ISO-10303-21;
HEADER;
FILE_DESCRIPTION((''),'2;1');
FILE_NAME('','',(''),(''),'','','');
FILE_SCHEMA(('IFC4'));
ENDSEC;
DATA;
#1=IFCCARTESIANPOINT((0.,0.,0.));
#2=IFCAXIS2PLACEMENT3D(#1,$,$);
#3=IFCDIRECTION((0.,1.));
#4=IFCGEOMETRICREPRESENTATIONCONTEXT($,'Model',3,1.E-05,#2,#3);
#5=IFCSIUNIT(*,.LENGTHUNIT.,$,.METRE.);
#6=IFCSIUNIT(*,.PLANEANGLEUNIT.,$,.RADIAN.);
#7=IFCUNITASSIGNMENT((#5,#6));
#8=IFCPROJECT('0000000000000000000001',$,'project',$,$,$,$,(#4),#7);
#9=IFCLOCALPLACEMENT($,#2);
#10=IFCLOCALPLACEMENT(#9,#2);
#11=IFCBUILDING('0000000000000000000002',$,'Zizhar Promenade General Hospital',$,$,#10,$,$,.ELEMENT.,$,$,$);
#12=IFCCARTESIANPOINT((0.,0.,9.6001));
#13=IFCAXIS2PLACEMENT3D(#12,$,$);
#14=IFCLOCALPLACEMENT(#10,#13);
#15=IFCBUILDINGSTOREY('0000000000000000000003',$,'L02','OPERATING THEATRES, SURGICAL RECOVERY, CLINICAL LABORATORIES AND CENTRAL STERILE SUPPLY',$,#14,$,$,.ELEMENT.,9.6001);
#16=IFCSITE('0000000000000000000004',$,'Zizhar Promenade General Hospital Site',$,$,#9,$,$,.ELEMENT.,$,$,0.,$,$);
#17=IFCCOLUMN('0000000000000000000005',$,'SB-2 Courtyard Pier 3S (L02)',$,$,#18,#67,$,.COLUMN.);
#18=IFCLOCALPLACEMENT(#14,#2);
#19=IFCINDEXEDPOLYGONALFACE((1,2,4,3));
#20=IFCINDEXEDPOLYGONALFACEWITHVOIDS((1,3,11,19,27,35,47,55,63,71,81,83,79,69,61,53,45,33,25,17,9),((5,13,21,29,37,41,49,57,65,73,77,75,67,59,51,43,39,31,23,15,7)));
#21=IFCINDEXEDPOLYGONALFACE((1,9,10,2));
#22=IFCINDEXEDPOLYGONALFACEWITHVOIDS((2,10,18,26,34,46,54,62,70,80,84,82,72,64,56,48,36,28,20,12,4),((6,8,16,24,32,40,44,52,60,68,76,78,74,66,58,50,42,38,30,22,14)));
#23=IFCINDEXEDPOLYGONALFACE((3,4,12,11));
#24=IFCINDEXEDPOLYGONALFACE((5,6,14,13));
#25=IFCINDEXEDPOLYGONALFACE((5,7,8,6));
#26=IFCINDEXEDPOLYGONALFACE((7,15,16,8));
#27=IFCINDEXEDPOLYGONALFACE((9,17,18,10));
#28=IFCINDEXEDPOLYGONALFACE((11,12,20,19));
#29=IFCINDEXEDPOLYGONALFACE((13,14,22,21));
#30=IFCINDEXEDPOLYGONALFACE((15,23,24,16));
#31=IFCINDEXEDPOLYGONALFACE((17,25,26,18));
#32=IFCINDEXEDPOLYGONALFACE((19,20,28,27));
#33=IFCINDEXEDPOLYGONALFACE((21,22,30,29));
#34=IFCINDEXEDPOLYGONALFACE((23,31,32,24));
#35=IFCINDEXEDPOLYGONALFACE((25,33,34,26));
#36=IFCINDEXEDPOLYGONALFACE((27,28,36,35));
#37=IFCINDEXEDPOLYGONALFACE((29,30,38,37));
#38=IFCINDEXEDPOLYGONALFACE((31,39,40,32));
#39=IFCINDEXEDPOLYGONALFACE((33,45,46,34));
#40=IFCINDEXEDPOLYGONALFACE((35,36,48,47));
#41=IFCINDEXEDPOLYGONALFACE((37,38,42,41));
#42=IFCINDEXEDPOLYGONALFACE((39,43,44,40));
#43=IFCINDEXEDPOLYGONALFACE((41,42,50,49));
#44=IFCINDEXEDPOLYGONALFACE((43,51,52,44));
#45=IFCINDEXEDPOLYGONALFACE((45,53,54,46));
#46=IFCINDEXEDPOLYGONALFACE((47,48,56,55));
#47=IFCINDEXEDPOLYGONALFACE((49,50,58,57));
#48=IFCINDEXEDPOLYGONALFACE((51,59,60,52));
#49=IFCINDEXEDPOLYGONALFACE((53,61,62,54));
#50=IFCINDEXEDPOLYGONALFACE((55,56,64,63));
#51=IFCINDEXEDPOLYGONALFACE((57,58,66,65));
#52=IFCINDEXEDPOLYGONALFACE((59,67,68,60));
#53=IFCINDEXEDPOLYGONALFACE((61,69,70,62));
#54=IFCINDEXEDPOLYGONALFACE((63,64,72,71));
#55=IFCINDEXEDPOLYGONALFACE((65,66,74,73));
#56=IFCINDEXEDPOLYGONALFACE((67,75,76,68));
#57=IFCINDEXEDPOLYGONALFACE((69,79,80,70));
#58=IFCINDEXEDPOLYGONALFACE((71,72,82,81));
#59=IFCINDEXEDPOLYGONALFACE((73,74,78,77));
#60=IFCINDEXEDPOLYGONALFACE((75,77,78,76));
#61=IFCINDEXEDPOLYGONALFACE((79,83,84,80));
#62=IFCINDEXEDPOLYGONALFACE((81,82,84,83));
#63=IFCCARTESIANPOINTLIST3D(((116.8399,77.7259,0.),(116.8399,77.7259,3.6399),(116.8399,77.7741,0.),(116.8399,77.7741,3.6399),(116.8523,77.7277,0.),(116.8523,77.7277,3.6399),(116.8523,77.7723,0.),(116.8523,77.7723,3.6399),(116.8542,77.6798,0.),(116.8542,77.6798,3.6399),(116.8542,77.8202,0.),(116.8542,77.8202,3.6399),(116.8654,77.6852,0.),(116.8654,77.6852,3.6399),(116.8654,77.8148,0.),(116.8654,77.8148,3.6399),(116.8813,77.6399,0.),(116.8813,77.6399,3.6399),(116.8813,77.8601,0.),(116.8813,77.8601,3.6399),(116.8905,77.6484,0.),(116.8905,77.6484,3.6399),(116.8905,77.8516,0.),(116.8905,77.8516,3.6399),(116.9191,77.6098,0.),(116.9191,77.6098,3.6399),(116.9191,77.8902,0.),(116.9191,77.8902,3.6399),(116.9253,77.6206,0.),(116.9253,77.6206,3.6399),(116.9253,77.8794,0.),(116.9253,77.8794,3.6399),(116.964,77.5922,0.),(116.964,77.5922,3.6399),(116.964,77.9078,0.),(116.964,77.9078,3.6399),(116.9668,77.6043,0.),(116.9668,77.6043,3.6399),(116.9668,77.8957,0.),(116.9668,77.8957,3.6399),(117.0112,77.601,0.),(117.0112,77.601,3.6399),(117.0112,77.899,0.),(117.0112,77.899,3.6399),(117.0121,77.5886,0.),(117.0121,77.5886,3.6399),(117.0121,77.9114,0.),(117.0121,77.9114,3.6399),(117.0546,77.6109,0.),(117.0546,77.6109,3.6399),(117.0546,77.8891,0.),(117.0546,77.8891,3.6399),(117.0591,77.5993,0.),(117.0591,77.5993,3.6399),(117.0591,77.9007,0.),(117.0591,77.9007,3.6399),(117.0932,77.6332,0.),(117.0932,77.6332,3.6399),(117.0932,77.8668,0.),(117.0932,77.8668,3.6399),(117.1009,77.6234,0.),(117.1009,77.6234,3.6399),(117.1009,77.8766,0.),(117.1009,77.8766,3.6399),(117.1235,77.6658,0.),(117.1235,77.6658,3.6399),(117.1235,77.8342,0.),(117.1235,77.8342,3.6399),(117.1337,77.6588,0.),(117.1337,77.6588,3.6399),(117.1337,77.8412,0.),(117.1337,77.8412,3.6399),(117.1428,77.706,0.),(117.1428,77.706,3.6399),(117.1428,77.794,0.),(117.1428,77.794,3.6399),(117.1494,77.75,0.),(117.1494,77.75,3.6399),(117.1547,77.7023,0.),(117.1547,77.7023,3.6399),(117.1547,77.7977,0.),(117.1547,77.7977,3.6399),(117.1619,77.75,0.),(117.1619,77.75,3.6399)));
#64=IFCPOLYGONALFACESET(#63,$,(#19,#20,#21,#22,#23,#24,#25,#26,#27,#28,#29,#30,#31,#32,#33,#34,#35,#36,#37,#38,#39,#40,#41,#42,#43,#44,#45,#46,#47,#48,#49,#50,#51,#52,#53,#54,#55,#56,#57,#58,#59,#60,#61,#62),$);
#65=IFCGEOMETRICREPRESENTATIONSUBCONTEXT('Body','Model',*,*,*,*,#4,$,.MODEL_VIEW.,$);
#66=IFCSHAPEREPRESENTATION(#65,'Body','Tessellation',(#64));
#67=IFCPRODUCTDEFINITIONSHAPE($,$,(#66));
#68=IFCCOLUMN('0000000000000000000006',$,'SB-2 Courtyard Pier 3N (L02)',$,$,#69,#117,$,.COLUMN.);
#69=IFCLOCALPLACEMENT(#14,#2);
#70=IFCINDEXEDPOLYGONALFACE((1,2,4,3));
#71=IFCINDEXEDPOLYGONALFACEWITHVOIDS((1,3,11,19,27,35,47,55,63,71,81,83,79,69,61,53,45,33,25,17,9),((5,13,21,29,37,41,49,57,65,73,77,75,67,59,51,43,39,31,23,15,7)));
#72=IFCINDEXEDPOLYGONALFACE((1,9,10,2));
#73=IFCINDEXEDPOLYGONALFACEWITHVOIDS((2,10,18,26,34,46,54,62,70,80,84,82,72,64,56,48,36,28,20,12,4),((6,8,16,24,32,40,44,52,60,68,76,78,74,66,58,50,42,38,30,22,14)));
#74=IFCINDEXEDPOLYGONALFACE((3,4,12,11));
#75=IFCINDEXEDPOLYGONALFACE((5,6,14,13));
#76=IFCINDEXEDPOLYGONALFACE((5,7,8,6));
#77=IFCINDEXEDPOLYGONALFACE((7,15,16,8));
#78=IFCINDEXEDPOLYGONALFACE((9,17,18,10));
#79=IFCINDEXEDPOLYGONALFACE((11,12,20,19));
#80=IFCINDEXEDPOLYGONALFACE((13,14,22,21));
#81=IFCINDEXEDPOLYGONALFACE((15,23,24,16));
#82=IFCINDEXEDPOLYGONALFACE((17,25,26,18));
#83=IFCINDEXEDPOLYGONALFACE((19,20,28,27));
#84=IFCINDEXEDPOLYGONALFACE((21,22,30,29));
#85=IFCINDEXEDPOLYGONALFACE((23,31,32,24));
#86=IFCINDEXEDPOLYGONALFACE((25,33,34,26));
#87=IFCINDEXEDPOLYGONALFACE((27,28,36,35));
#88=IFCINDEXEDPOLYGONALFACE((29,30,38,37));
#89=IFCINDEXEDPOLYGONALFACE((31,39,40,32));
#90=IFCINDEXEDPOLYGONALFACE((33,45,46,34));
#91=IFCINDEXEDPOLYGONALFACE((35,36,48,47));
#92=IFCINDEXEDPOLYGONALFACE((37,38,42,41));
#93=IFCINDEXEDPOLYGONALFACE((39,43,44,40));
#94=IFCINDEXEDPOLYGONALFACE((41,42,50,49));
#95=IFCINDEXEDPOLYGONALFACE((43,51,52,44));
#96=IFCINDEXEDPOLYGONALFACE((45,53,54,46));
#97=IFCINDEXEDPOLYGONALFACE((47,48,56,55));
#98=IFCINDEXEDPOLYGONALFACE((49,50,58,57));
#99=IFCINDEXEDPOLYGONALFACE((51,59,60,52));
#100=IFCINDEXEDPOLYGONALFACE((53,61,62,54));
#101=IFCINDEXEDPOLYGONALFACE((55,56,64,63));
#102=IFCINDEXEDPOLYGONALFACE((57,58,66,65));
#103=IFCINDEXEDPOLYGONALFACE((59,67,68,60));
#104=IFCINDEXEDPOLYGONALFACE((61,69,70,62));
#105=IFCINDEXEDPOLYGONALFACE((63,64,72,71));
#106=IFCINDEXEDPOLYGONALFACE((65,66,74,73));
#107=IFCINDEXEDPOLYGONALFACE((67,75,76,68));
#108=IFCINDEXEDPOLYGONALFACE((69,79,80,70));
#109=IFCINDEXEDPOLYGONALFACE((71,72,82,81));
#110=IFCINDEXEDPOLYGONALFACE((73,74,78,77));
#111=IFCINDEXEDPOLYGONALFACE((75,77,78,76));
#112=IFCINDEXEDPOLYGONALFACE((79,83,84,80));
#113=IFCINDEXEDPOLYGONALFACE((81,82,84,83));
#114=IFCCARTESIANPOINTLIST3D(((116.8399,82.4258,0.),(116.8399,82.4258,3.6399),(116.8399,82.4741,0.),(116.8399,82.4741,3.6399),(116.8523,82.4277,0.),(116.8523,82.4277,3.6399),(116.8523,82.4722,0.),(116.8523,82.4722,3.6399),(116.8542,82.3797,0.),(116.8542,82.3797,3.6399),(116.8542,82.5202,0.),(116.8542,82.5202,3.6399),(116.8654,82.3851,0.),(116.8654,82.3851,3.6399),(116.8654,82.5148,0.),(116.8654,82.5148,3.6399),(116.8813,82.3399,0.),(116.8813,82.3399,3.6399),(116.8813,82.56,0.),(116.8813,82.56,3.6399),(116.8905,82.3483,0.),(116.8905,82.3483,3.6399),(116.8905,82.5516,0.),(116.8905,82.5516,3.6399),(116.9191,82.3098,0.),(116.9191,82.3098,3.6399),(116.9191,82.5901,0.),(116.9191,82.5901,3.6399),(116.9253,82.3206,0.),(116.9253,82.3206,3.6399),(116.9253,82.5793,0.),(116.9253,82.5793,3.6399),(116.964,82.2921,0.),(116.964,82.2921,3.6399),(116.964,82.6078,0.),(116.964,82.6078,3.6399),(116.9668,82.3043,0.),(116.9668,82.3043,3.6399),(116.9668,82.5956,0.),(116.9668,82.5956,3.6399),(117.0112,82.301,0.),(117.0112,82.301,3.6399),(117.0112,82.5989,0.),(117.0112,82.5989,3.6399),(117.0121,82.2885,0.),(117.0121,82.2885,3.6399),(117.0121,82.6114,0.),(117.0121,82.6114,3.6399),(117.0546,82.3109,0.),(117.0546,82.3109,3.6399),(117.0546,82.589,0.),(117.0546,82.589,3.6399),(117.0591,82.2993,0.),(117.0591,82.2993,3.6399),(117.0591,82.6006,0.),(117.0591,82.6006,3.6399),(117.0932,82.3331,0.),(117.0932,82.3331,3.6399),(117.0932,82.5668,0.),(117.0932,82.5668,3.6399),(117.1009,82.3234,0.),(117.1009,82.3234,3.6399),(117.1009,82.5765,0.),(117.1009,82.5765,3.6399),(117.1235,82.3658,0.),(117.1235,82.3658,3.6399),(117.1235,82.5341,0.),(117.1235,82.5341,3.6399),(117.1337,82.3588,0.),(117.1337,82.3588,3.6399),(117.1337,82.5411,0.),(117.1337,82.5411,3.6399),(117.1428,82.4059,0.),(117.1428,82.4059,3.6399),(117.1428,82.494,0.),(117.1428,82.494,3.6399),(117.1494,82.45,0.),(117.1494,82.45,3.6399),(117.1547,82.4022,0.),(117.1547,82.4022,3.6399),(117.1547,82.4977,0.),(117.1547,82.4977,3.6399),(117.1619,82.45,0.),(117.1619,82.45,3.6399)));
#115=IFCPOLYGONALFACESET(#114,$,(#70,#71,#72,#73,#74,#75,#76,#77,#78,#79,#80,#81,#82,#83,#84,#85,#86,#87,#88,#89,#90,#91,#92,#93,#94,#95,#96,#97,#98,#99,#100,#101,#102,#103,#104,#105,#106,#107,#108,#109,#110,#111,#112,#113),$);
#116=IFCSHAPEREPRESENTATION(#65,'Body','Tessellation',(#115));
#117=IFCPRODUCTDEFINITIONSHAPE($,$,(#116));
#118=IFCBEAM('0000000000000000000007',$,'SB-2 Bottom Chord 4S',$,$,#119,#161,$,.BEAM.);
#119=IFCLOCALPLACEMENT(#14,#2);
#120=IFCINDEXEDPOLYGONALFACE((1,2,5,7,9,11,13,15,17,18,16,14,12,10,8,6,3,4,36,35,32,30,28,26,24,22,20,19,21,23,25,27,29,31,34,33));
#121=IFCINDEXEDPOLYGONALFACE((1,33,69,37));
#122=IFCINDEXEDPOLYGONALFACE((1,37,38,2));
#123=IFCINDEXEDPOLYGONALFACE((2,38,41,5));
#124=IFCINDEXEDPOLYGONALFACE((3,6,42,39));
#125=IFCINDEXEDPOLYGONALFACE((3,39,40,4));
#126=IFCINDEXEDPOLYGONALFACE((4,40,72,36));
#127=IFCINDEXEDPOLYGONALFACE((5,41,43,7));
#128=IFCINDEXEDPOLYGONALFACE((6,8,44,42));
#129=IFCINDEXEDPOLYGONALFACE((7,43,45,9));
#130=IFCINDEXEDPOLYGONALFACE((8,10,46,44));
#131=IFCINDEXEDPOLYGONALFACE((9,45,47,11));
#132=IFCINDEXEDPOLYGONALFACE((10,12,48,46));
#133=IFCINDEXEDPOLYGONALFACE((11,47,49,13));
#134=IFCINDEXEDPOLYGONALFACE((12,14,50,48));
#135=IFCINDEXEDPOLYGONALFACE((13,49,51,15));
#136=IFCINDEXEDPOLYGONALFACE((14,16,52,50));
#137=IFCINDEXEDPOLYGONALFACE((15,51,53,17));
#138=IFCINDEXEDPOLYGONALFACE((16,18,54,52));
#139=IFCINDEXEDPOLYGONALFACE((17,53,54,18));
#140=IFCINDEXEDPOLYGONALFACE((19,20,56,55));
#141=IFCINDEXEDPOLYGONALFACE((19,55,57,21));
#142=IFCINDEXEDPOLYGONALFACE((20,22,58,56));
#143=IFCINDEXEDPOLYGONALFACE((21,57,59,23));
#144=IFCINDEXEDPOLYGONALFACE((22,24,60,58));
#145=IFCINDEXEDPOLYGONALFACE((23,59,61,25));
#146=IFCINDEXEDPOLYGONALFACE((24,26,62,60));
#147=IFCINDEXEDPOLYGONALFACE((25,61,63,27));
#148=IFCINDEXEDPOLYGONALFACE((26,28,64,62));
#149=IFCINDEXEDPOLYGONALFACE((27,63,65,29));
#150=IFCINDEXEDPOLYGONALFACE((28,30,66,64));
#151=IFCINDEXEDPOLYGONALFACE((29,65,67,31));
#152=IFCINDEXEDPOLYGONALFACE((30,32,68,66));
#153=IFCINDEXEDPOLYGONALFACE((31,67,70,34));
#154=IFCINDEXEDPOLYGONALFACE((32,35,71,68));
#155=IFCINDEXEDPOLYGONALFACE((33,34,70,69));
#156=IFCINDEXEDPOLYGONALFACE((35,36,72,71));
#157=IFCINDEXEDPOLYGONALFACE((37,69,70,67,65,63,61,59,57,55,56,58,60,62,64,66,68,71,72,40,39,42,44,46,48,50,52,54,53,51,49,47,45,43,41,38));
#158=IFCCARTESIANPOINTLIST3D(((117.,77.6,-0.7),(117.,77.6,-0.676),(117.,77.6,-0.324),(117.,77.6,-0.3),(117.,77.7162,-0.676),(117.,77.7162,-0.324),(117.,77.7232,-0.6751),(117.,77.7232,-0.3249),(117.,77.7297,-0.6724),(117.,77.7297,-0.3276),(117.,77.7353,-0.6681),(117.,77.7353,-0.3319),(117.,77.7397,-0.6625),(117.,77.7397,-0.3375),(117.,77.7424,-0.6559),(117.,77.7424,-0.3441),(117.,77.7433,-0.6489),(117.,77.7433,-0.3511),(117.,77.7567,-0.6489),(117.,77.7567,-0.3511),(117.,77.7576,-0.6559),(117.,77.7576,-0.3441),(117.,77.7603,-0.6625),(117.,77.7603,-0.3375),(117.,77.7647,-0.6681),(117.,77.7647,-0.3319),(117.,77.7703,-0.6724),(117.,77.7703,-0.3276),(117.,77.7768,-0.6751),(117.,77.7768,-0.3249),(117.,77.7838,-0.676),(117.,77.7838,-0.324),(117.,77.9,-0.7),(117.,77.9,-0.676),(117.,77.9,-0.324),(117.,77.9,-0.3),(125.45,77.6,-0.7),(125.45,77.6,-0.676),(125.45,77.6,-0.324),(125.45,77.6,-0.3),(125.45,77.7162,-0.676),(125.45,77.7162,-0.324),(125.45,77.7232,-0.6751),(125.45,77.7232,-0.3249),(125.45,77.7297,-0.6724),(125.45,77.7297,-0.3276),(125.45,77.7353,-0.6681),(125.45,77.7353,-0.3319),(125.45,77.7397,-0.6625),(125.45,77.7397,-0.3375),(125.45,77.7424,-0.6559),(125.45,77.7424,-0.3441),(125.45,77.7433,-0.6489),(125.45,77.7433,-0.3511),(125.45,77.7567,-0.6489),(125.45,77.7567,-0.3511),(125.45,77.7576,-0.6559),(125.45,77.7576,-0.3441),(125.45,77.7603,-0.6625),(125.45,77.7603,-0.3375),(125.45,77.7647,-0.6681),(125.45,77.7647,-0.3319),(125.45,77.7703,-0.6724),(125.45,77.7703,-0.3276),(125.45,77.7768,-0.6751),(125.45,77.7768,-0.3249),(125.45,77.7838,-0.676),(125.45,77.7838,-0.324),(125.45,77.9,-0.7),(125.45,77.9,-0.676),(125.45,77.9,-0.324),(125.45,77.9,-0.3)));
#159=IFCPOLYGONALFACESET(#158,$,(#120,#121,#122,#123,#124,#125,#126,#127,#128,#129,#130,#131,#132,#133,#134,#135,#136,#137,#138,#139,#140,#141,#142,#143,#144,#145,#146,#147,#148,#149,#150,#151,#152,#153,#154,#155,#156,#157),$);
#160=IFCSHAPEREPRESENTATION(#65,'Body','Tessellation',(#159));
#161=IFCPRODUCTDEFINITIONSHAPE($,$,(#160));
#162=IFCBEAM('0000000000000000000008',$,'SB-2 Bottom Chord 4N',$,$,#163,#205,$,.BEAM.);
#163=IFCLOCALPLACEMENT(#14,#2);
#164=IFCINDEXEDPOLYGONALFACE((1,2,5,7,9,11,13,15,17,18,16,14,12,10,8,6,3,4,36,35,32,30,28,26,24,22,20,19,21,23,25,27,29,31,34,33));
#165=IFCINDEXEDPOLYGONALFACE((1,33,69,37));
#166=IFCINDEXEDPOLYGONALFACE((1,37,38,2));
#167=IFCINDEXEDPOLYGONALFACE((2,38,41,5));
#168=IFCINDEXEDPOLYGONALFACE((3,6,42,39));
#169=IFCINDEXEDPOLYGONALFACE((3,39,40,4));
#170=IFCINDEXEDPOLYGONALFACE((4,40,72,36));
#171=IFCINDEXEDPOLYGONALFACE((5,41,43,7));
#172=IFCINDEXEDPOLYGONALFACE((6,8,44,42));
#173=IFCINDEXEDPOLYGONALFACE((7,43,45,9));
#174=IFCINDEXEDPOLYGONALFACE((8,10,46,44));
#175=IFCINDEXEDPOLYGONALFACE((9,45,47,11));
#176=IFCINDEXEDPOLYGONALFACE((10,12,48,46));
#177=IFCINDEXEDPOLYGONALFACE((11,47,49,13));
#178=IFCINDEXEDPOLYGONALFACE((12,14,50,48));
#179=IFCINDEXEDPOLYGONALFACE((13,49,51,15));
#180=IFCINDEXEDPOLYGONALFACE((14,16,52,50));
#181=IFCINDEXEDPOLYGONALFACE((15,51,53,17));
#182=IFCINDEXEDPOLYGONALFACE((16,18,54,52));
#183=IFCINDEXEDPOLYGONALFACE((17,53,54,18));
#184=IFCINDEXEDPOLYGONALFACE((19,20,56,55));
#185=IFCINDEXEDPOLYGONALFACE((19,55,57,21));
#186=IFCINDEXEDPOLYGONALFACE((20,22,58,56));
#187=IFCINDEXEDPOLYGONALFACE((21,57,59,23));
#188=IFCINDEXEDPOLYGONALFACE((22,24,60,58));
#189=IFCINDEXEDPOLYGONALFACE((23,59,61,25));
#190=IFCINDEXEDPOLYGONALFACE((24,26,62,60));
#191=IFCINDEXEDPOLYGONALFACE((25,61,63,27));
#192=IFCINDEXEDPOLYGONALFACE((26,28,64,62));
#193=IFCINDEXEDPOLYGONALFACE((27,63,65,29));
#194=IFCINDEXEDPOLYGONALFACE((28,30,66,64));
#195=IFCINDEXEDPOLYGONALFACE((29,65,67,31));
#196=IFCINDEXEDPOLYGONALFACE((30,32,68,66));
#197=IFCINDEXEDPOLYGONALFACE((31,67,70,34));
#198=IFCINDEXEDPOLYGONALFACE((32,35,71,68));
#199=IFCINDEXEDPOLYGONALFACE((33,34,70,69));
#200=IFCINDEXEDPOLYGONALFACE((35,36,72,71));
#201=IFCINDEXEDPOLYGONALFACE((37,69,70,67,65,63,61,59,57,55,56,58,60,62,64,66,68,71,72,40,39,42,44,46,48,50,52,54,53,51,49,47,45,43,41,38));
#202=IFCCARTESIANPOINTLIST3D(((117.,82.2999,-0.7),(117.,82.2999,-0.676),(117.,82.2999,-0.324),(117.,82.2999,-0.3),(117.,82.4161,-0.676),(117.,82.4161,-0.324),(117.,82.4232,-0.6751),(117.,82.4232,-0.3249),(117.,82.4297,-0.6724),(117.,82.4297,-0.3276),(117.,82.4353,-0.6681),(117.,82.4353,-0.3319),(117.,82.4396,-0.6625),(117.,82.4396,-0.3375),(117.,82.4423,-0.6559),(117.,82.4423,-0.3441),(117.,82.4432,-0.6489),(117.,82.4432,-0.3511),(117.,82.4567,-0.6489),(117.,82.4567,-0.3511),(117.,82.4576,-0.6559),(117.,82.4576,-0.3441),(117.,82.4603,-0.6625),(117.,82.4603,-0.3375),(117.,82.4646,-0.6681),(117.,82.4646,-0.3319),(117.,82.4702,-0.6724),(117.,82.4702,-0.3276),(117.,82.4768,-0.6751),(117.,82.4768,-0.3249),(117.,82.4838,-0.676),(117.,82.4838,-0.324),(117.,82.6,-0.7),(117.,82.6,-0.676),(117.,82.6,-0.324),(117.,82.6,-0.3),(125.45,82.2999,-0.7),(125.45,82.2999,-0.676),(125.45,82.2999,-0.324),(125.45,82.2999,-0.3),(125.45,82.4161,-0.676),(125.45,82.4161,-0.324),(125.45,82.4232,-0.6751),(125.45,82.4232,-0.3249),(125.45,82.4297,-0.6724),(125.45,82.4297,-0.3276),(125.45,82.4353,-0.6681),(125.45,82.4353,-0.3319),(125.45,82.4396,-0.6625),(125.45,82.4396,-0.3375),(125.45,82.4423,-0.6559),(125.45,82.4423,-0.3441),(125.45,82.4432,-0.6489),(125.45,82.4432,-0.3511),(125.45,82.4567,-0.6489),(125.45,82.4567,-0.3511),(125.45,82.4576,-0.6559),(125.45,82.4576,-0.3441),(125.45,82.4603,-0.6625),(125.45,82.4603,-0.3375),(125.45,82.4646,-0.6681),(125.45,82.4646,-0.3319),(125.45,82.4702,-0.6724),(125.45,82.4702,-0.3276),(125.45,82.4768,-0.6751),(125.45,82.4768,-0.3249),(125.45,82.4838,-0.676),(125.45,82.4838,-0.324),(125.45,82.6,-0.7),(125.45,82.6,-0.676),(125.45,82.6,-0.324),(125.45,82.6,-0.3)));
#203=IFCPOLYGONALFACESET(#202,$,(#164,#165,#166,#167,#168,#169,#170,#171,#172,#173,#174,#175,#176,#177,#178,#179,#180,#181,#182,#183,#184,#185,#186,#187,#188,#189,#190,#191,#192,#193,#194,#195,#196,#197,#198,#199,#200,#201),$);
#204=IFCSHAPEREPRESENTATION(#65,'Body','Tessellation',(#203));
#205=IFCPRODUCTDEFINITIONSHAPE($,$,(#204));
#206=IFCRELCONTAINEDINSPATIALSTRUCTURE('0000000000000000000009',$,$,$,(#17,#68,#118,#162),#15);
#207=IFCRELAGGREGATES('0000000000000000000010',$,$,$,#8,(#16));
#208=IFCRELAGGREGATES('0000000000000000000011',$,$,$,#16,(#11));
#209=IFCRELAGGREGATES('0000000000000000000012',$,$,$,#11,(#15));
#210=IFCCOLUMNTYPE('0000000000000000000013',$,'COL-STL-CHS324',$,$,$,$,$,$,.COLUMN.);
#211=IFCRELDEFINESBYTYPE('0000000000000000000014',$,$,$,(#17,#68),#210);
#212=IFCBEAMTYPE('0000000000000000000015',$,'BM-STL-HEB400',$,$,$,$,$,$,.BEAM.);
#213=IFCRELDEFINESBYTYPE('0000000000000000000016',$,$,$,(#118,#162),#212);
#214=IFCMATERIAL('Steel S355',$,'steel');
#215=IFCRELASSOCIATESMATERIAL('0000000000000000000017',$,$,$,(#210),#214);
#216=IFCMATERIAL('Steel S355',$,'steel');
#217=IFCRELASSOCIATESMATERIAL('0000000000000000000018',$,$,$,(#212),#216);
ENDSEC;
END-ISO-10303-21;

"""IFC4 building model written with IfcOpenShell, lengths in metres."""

from ifc_helpers import new_model, si_unit, direction, frame, origin, origin_2d, place, context, subcontext, project, spatial, hollow_circle, i_section, extrude, material, material_profile, profile_set, type_object, element, save


model = new_model("IFC4")

# Units and contexts
model_context = context("Model", 3, precision=1e-05, world=origin(), true_north=direction((0.0, 1.0)))
body_context = subcontext(model_context, "Body", "Model", "MODEL_VIEW")
ifc_project = project(units=[si_unit("LENGTHUNIT", "METRE"), si_unit("PLANEANGLEUNIT", "RADIAN")], contexts=[model_context])

# Site, building, storey
site_placement = place(None, origin())
site = spatial("IfcSite", under=ifc_project, at=site_placement, Name="Zizhar Promenade General Hospital Site", CompositionType="ELEMENT", RefElevation=0.0)
building_placement = place(site_placement, origin())
building = spatial("IfcBuilding", under=site, at=building_placement, Name="Zizhar Promenade General Hospital", CompositionType="ELEMENT")
storey_placement = place(building_placement, frame((0.0, 0.0, 9.6001)))
storey = spatial("IfcBuildingStorey", under=building, at=storey_placement, Name="L02", Description="OPERATING THEATRES, SURGICAL RECOVERY, CLINICAL LABORATORIES AND CENTRAL STERILE SUPPLY", CompositionType="ELEMENT", Elevation=9.6001)

# Columns
ifc_material_1 = material(Name="Steel S355", Category="steel")
ifc_material_profile_1 = material_profile(ifc_material_1, hollow_circle(Radius=0.1619, WallThickness=0.0125, at=origin_2d()))
ifc_profile_set_1 = profile_set([ifc_material_profile_1], Name="Steel S355")
column_type = type_object("IfcColumnType", Name="COL-STL-CHS324", PredefinedType="COLUMN", material=ifc_profile_set_1)
for number, where, z_axis, x_axis, name in (
    (1, (117.0, 77.75, 0.0), (0.0, 0.0, 1.0), (1.0, 0.0, 0.0), "SB-2 Courtyard Pier 3S (L02)"),
    (2, (117.0, 82.45, 0.0), (0.0, 0.0, 1.0), (1.0, 0.0, 0.0), "SB-2 Courtyard Pier 3N (L02)"),
):
    element("IfcColumn", number, at=place(storey_placement, frame(where, z_axis=z_axis, x_axis=x_axis)), inside=storey, type_object=column_type, Name=name, PredefinedType="COLUMN", context=body_context, shape_type="SweptSolid", body=[
        extrude(hollow_circle(Radius=0.1619, WallThickness=0.0125, at=origin_2d()), origin(), (0.0, 0.0, 1.0), 3.6399),
    ])

# Beams
ifc_material_2 = material(Name="Steel S355", Category="steel")
ifc_material_profile_2 = material_profile(ifc_material_2, i_section(OverallWidth=0.3, OverallDepth=0.3999, WebThickness=0.0134, FlangeThickness=0.0239, FilletRadius=0.0271, at=origin_2d()))
ifc_profile_set_2 = profile_set([ifc_material_profile_2], Name="Steel S355")
beam_type_1 = type_object("IfcBeamType", Name="BM-STL-HEB400", PredefinedType="BEAM", material=ifc_profile_set_2)
for number, where, z_axis, x_axis, name in (
    (3, (117.0, 77.75, -0.5), (1.0, 0.0, 0.0), (0.0, 1.0, 0.0), "SB-2 Bottom Chord 4S"),
    (4, (117.0, 82.45, -0.5), (1.0, 0.0, 0.0), (0.0, 1.0, 0.0), "SB-2 Bottom Chord 4N"),
):
    element("IfcBeam", number, at=place(storey_placement, frame(where, z_axis=z_axis, x_axis=x_axis)), inside=storey, type_object=beam_type_1, Name=name, PredefinedType="BEAM", context=body_context, shape_type="SweptSolid", body=[
        extrude(i_section(OverallWidth=0.3, OverallDepth=0.3999, WebThickness=0.0134, FlangeThickness=0.0239, FilletRadius=0.0271, at=origin_2d()), origin(), (0.0, 0.0, 1.0), 8.45),
    ])

save(model, "model.ifc")
